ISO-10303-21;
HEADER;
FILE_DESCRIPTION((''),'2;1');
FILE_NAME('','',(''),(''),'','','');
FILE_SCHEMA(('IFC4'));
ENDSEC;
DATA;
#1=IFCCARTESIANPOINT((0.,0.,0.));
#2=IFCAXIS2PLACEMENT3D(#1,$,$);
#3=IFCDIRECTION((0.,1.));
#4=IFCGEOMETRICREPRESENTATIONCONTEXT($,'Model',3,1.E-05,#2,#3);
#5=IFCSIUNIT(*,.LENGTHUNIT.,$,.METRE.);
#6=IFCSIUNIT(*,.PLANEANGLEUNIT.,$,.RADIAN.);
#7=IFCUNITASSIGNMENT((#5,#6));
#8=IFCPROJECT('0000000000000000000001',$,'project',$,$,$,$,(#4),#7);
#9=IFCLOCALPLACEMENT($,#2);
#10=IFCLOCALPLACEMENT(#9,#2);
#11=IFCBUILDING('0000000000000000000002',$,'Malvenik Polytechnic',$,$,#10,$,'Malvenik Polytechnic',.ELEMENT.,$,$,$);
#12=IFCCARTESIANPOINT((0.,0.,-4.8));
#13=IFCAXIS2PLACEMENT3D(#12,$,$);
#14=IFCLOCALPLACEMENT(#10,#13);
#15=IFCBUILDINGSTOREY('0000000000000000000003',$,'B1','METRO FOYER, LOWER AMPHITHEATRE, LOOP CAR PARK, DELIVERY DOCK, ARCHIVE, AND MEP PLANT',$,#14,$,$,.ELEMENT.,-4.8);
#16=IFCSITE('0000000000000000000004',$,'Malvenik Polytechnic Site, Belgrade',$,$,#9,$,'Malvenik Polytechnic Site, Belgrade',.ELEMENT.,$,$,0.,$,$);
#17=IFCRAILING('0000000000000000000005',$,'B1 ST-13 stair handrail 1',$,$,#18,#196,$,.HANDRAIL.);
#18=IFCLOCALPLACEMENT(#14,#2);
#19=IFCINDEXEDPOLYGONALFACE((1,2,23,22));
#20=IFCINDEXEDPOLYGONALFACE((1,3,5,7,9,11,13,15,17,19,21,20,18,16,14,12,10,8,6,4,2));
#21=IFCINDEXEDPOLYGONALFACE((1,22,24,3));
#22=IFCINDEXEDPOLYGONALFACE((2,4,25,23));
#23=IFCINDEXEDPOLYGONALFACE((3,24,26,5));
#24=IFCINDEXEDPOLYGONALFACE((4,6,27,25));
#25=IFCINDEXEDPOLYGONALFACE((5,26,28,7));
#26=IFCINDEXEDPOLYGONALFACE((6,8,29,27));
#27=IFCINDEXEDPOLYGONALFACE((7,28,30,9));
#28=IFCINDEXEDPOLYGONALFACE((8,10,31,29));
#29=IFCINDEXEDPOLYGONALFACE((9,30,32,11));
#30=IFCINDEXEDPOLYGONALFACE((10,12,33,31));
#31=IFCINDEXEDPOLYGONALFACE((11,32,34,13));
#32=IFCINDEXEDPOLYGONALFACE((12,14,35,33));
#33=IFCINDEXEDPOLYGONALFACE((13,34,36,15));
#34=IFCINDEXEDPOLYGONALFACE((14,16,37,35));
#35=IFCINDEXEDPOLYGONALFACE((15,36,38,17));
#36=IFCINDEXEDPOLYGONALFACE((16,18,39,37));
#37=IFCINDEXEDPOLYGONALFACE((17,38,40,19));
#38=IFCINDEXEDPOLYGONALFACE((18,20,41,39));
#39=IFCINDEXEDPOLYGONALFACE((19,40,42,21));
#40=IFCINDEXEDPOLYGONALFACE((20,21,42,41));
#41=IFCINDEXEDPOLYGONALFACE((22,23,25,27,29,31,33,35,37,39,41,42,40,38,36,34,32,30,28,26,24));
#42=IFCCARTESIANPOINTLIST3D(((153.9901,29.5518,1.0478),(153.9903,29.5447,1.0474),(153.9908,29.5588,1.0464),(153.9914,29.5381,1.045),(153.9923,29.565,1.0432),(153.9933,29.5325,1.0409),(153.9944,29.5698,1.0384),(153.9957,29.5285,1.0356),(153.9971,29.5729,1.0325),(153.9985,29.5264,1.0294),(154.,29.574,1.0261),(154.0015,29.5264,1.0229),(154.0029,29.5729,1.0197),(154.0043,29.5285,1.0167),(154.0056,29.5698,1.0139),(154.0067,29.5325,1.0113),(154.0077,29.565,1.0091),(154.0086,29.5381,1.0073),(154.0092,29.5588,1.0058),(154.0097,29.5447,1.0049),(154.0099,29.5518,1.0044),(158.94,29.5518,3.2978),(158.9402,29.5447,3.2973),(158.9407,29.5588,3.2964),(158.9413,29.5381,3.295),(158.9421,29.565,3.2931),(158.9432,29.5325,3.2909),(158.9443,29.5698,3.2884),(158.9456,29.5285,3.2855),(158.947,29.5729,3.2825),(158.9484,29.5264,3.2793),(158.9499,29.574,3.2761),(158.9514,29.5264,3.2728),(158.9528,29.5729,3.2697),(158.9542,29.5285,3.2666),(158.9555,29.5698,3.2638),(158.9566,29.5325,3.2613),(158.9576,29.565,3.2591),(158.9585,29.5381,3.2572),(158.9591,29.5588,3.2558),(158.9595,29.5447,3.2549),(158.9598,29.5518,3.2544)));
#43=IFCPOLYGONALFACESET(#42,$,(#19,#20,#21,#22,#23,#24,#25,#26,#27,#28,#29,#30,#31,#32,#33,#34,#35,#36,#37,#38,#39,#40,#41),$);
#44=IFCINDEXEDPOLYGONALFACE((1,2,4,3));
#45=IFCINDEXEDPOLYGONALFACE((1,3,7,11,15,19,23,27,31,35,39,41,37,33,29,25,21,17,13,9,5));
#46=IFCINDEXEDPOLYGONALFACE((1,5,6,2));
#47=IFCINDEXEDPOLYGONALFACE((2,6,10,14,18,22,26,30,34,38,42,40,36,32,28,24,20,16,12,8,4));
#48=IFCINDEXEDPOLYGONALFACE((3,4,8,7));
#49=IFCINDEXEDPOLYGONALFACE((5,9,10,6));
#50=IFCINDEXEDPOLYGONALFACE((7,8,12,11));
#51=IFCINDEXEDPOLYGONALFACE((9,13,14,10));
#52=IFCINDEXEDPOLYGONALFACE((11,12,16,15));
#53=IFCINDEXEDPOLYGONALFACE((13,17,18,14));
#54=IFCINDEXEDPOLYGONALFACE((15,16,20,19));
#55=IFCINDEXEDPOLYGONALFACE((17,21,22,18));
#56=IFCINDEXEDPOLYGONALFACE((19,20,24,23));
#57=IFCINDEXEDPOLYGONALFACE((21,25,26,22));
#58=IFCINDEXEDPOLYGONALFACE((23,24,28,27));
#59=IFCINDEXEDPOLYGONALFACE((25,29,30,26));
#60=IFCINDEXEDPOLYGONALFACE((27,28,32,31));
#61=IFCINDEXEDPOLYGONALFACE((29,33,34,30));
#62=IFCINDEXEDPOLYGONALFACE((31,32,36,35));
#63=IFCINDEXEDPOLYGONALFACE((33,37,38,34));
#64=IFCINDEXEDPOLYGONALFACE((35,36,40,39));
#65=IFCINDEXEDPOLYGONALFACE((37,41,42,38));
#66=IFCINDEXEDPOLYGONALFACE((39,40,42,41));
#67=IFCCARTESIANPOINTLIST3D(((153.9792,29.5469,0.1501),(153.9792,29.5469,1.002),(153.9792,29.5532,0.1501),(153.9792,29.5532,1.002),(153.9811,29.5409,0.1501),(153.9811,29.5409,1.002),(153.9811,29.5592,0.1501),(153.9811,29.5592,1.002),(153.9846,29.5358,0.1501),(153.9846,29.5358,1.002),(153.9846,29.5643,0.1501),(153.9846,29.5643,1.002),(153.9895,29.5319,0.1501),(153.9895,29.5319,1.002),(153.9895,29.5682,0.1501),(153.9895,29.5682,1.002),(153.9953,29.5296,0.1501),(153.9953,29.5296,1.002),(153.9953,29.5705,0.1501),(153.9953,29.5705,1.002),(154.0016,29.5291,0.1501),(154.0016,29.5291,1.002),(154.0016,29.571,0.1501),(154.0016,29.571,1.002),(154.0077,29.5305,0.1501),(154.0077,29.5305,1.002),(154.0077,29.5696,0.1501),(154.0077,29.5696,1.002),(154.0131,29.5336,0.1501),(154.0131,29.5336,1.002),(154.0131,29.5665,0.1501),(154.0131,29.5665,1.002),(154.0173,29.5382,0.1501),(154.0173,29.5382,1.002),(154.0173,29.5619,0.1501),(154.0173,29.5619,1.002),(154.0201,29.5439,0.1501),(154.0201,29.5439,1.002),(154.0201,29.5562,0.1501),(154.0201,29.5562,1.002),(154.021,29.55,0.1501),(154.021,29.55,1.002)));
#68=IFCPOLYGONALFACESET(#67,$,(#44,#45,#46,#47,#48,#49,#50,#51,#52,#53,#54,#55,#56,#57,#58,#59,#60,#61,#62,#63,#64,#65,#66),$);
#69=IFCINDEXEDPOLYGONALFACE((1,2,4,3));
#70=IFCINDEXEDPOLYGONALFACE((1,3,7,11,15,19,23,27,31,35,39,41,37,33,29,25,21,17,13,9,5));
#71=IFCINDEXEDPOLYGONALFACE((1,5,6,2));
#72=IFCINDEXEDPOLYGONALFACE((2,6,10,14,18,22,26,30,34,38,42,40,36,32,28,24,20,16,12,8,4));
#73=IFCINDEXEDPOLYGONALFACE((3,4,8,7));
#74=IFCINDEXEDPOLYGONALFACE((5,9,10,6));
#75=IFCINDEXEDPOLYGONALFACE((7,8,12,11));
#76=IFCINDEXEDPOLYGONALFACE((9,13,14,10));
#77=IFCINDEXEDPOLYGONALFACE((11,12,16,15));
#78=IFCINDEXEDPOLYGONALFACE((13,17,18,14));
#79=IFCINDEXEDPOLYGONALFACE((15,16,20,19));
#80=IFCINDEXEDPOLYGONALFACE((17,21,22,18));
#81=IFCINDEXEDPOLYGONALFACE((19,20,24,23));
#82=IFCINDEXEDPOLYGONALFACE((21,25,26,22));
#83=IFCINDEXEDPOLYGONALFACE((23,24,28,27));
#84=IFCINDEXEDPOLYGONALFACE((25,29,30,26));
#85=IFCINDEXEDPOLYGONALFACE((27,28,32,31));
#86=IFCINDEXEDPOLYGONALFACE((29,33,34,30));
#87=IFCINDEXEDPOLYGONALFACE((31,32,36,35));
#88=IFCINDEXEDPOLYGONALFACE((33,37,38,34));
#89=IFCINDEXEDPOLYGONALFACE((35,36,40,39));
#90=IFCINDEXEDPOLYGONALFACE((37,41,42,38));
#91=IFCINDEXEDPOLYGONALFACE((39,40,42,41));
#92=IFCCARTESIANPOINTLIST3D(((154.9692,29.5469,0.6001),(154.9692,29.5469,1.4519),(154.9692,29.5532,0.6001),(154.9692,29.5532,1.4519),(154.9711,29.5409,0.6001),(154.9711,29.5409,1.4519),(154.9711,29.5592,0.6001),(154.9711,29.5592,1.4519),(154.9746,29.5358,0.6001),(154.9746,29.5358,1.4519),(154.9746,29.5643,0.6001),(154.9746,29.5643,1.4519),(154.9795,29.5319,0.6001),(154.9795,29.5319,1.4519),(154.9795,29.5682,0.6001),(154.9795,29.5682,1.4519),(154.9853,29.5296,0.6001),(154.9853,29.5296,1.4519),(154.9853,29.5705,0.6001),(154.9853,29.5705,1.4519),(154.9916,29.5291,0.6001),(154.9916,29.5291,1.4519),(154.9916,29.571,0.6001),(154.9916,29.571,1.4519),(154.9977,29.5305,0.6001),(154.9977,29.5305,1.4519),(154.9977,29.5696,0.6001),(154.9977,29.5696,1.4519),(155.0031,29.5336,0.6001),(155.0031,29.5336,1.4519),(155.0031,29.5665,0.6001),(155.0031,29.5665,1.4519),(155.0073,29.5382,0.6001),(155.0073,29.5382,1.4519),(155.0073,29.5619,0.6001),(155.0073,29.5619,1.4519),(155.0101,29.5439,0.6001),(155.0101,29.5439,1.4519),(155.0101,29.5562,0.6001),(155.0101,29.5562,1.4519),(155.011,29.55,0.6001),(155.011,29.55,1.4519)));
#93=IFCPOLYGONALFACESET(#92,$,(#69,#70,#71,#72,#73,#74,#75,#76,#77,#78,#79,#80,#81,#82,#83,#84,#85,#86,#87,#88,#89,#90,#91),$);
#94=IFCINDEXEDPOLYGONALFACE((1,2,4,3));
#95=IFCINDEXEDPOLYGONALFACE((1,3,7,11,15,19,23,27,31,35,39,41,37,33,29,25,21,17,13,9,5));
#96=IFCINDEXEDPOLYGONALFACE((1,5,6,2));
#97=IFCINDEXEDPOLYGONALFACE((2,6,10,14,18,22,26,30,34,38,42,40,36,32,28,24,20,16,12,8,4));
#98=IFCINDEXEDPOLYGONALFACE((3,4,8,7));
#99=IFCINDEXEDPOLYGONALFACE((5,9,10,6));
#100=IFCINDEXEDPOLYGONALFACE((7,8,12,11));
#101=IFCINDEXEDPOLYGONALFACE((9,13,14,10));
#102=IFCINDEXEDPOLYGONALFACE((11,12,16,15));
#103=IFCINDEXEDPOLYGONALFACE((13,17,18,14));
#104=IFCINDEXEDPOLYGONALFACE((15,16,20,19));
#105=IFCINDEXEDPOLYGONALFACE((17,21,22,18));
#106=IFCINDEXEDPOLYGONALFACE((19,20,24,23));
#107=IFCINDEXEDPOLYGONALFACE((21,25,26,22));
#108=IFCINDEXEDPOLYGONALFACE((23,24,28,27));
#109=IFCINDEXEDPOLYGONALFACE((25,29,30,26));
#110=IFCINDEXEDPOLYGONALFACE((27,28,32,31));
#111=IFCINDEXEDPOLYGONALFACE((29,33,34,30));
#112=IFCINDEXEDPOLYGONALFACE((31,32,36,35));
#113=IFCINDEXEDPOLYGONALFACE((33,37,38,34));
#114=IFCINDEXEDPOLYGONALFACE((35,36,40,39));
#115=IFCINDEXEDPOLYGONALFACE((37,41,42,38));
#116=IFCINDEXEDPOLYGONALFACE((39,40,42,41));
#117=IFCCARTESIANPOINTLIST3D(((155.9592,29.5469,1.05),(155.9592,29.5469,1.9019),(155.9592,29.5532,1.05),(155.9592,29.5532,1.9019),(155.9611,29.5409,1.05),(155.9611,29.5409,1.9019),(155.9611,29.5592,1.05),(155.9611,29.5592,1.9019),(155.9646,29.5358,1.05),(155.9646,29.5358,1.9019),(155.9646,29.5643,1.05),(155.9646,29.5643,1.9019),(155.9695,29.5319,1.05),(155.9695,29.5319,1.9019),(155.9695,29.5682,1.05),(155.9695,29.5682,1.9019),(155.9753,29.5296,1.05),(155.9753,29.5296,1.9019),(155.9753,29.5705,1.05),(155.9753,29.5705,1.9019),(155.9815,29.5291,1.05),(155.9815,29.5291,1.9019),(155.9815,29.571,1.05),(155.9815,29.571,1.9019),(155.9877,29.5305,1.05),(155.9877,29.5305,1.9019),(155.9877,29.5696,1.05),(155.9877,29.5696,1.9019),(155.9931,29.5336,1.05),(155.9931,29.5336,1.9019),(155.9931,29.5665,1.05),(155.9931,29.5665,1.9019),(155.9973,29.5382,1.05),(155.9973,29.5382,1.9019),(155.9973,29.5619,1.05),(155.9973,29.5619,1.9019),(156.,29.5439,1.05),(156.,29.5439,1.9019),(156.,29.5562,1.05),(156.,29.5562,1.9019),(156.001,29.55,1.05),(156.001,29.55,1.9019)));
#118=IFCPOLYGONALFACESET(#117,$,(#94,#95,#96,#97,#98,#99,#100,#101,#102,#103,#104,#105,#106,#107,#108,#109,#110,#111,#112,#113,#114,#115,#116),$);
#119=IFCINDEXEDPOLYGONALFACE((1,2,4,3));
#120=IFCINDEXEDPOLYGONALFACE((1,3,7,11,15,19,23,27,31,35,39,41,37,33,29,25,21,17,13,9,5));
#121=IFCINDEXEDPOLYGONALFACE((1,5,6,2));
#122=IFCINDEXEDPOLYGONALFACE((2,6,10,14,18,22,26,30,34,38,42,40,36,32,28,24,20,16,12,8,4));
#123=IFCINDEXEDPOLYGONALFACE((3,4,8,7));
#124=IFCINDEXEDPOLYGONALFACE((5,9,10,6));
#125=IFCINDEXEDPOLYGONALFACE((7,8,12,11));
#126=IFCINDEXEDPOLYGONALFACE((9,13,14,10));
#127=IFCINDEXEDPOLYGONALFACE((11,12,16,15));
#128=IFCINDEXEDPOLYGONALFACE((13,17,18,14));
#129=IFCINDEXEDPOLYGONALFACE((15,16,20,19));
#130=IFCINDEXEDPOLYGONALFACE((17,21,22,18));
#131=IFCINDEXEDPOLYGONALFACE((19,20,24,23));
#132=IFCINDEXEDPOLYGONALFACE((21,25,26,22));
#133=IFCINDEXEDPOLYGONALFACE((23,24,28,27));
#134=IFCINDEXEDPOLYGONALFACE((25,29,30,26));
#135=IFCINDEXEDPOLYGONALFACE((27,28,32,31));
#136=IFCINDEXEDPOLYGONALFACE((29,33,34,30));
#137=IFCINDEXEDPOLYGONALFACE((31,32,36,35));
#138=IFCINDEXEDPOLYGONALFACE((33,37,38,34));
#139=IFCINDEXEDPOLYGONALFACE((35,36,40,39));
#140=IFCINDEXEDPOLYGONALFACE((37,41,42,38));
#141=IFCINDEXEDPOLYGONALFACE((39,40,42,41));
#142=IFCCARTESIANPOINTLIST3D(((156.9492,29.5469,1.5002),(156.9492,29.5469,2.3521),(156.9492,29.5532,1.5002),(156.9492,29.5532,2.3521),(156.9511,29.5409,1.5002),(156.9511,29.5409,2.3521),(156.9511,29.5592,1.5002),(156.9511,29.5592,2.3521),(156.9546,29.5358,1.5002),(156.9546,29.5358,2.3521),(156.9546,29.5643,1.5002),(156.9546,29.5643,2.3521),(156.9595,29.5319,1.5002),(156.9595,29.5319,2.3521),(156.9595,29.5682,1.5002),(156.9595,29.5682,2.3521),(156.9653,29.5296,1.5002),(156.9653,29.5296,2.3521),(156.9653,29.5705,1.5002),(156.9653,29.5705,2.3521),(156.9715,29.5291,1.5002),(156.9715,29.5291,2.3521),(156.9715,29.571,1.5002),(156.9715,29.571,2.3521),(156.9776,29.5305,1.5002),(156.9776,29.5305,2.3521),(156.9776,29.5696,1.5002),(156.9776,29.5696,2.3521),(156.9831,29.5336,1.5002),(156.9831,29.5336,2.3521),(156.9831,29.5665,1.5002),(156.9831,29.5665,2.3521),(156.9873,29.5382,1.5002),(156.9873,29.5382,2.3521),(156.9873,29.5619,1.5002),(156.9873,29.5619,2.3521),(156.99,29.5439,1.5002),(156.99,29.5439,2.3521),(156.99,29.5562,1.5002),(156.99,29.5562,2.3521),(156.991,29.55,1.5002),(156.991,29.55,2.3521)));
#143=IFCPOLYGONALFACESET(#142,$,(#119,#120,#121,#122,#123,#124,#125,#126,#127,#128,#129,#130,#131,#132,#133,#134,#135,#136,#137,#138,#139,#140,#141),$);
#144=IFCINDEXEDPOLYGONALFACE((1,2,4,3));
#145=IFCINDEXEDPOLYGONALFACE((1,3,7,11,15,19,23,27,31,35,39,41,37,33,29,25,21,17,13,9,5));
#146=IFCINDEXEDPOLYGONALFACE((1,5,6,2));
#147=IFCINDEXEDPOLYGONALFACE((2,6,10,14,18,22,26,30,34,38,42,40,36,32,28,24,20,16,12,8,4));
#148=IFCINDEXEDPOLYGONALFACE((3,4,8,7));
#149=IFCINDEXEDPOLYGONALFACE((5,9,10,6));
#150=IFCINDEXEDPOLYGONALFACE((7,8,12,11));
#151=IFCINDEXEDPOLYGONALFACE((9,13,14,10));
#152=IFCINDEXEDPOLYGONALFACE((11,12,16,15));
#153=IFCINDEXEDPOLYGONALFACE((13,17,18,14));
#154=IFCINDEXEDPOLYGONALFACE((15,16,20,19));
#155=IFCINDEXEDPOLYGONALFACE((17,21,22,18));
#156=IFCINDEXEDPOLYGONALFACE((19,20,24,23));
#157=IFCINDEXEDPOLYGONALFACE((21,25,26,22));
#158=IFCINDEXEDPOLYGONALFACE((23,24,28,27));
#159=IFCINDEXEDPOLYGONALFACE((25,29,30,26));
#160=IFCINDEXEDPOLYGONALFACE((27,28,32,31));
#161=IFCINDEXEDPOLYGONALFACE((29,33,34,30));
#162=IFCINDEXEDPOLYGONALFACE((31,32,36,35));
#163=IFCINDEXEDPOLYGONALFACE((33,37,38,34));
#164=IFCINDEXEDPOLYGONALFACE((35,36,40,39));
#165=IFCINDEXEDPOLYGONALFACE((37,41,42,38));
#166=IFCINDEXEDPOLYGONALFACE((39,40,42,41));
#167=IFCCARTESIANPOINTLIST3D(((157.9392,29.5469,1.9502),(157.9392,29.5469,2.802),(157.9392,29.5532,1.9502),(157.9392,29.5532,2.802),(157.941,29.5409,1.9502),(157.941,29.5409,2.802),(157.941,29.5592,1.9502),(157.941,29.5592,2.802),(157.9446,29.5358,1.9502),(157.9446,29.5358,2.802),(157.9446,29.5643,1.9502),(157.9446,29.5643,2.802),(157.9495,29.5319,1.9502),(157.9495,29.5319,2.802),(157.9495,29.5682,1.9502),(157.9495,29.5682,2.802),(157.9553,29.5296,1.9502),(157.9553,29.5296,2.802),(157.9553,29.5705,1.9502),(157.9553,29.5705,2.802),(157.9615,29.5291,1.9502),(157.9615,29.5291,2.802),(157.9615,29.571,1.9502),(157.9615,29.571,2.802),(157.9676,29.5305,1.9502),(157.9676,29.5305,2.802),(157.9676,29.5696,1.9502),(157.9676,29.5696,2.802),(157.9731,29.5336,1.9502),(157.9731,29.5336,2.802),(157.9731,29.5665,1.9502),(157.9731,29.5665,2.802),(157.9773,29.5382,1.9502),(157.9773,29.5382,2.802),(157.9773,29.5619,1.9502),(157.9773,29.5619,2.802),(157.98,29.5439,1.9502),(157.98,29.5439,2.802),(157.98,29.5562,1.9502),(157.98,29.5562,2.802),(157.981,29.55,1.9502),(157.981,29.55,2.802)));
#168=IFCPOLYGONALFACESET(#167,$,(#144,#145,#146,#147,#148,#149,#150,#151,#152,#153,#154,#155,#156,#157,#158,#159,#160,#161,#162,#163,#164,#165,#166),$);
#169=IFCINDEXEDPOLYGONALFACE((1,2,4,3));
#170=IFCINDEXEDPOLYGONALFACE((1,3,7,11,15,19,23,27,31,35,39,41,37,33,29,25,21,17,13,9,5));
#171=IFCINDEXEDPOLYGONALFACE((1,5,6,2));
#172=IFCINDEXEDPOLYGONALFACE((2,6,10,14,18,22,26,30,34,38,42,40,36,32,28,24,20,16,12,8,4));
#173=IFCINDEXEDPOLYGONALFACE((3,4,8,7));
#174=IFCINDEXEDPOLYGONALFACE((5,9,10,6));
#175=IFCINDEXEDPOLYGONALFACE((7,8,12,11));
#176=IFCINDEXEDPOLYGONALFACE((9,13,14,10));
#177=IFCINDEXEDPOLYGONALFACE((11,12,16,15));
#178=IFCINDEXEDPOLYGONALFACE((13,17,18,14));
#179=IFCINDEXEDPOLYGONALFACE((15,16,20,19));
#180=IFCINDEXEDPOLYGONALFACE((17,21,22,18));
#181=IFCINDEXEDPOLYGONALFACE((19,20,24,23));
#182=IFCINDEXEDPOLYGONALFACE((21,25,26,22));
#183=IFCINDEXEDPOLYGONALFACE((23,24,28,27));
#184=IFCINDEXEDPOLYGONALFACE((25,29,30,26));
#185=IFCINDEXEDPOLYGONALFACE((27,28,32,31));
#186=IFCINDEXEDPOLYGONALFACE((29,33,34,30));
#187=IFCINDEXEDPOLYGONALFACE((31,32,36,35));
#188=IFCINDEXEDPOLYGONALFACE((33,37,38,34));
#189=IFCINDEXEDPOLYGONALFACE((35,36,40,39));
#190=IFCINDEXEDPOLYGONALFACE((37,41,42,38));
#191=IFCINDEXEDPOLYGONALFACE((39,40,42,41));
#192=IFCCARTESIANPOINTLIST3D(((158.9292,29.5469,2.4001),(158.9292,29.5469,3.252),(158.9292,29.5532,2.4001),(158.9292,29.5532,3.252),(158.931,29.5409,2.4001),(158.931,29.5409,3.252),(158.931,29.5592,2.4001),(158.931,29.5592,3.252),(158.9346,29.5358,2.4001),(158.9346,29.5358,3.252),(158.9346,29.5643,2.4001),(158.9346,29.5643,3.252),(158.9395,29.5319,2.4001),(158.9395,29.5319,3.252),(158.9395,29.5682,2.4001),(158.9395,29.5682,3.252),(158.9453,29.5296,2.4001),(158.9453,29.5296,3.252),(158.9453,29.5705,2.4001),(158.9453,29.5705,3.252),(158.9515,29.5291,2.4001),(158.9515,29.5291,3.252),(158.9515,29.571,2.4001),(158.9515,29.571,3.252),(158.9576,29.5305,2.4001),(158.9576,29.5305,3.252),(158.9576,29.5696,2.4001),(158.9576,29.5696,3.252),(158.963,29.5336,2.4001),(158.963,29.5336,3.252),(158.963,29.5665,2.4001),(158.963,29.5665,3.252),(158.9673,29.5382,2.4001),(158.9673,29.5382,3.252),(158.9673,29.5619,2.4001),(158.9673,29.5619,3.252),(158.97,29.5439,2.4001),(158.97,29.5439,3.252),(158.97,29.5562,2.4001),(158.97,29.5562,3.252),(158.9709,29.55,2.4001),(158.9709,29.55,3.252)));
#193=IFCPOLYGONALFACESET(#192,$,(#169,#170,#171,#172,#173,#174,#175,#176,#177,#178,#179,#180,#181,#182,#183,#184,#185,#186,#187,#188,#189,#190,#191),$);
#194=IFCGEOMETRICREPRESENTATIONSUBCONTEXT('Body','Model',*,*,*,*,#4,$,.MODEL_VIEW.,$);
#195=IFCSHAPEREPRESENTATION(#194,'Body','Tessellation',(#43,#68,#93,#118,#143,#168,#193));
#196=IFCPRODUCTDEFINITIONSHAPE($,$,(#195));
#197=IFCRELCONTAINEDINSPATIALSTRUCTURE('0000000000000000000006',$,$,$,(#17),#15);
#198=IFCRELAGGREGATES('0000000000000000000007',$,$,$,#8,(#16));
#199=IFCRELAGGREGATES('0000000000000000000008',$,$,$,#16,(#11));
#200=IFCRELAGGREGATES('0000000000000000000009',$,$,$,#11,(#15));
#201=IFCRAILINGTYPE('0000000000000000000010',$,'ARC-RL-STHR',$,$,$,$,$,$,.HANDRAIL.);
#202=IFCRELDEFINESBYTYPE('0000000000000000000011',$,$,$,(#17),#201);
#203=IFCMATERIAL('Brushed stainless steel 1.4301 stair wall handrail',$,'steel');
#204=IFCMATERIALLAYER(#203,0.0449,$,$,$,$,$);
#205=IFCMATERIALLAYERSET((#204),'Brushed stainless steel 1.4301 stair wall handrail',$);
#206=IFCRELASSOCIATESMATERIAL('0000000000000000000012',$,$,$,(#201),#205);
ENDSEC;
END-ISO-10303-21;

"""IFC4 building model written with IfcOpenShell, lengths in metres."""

from ifc_helpers import new_model, si_unit, direction, frame, origin, origin_2d, place, context, subcontext, project, spatial, circle, extrude, material, layer, layer_set, type_object, element, save


model = new_model("IFC4")

# Units and contexts
model_context = context("Model", 3, precision=1e-05, world=origin(), true_north=direction((0.0, 1.0)))
body_context = subcontext(model_context, "Body", "Model", "MODEL_VIEW")
ifc_project = project(units=[si_unit("LENGTHUNIT", "METRE"), si_unit("PLANEANGLEUNIT", "RADIAN")], contexts=[model_context])

# Site, building, storey
site_placement = place(None, origin())
site = spatial("IfcSite", under=ifc_project, at=site_placement, Name="Malvenik Polytechnic Site, Belgrade", LongName="Malvenik Polytechnic Site, Belgrade", CompositionType="ELEMENT", RefElevation=0.0)
building_placement = place(site_placement, origin())
building = spatial("IfcBuilding", under=site, at=building_placement, Name="Malvenik Polytechnic", LongName="Malvenik Polytechnic", CompositionType="ELEMENT")
storey_placement = place(building_placement, frame((0.0, 0.0, -4.8)))
storey = spatial("IfcBuildingStorey", under=building, at=storey_placement, Name="B1", Description="METRO FOYER, LOWER AMPHITHEATRE, LOOP CAR PARK, DELIVERY DOCK, ARCHIVE, AND MEP PLANT", CompositionType="ELEMENT", Elevation=-4.8)

# Railing
ifc_material_1 = material(Name="Brushed stainless steel 1.4301 stair wall handrail", Category="steel")
ifc_layer_1 = layer(ifc_material_1, 0.0449)
ifc_layer_set_1 = layer_set([ifc_layer_1], Name="Brushed stainless steel 1.4301 stair wall handrail")
railing_type_1 = type_object("IfcRailingType", Name="ARC-RL-STHR", PredefinedType="HANDRAIL", material=ifc_layer_set_1)
railing_1_placement = place(storey_placement, frame((154.0, 29.55, 0.1501)))
element("IfcRailing", 1, at=railing_1_placement, inside=storey, type_object=railing_type_1, Name="B1 ST-13 stair handrail 1", PredefinedType="HANDRAIL", context=body_context, shape_type="SweptSolid", body=[
    extrude(circle(Radius=0.0239, at=origin_2d()), frame((0.0, 0.0, 0.876), z_axis=(0.910365, 0.0, 0.413806), x_axis=(0.0, 1.0, 0.0)), (0.0, 0.0, 1.0), 5.4373),
    extrude(circle(Radius=0.021, at=origin_2d()), origin(), (0.0, 0.0, 1.0), 0.8518),
    extrude(circle(Radius=0.021, at=origin_2d()), frame((0.99, 0.0, 0.45)), (0.0, 0.0, 1.0), 0.8518),
    extrude(circle(Radius=0.021, at=origin_2d()), frame((1.98, 0.0, 0.8999)), (0.0, 0.0, 1.0), 0.8518),
    extrude(circle(Radius=0.021, at=origin_2d()), frame((2.97, 0.0, 1.3501)), (0.0, 0.0, 1.0), 0.8518),
    extrude(circle(Radius=0.021, at=origin_2d()), frame((3.96, 0.0, 1.8)), (0.0, 0.0, 1.0), 0.8518),
    extrude(circle(Radius=0.021, at=origin_2d()), frame((4.95, 0.0, 2.25)), (0.0, 0.0, 1.0), 0.8518),
])

save(model, "model.ifc")
